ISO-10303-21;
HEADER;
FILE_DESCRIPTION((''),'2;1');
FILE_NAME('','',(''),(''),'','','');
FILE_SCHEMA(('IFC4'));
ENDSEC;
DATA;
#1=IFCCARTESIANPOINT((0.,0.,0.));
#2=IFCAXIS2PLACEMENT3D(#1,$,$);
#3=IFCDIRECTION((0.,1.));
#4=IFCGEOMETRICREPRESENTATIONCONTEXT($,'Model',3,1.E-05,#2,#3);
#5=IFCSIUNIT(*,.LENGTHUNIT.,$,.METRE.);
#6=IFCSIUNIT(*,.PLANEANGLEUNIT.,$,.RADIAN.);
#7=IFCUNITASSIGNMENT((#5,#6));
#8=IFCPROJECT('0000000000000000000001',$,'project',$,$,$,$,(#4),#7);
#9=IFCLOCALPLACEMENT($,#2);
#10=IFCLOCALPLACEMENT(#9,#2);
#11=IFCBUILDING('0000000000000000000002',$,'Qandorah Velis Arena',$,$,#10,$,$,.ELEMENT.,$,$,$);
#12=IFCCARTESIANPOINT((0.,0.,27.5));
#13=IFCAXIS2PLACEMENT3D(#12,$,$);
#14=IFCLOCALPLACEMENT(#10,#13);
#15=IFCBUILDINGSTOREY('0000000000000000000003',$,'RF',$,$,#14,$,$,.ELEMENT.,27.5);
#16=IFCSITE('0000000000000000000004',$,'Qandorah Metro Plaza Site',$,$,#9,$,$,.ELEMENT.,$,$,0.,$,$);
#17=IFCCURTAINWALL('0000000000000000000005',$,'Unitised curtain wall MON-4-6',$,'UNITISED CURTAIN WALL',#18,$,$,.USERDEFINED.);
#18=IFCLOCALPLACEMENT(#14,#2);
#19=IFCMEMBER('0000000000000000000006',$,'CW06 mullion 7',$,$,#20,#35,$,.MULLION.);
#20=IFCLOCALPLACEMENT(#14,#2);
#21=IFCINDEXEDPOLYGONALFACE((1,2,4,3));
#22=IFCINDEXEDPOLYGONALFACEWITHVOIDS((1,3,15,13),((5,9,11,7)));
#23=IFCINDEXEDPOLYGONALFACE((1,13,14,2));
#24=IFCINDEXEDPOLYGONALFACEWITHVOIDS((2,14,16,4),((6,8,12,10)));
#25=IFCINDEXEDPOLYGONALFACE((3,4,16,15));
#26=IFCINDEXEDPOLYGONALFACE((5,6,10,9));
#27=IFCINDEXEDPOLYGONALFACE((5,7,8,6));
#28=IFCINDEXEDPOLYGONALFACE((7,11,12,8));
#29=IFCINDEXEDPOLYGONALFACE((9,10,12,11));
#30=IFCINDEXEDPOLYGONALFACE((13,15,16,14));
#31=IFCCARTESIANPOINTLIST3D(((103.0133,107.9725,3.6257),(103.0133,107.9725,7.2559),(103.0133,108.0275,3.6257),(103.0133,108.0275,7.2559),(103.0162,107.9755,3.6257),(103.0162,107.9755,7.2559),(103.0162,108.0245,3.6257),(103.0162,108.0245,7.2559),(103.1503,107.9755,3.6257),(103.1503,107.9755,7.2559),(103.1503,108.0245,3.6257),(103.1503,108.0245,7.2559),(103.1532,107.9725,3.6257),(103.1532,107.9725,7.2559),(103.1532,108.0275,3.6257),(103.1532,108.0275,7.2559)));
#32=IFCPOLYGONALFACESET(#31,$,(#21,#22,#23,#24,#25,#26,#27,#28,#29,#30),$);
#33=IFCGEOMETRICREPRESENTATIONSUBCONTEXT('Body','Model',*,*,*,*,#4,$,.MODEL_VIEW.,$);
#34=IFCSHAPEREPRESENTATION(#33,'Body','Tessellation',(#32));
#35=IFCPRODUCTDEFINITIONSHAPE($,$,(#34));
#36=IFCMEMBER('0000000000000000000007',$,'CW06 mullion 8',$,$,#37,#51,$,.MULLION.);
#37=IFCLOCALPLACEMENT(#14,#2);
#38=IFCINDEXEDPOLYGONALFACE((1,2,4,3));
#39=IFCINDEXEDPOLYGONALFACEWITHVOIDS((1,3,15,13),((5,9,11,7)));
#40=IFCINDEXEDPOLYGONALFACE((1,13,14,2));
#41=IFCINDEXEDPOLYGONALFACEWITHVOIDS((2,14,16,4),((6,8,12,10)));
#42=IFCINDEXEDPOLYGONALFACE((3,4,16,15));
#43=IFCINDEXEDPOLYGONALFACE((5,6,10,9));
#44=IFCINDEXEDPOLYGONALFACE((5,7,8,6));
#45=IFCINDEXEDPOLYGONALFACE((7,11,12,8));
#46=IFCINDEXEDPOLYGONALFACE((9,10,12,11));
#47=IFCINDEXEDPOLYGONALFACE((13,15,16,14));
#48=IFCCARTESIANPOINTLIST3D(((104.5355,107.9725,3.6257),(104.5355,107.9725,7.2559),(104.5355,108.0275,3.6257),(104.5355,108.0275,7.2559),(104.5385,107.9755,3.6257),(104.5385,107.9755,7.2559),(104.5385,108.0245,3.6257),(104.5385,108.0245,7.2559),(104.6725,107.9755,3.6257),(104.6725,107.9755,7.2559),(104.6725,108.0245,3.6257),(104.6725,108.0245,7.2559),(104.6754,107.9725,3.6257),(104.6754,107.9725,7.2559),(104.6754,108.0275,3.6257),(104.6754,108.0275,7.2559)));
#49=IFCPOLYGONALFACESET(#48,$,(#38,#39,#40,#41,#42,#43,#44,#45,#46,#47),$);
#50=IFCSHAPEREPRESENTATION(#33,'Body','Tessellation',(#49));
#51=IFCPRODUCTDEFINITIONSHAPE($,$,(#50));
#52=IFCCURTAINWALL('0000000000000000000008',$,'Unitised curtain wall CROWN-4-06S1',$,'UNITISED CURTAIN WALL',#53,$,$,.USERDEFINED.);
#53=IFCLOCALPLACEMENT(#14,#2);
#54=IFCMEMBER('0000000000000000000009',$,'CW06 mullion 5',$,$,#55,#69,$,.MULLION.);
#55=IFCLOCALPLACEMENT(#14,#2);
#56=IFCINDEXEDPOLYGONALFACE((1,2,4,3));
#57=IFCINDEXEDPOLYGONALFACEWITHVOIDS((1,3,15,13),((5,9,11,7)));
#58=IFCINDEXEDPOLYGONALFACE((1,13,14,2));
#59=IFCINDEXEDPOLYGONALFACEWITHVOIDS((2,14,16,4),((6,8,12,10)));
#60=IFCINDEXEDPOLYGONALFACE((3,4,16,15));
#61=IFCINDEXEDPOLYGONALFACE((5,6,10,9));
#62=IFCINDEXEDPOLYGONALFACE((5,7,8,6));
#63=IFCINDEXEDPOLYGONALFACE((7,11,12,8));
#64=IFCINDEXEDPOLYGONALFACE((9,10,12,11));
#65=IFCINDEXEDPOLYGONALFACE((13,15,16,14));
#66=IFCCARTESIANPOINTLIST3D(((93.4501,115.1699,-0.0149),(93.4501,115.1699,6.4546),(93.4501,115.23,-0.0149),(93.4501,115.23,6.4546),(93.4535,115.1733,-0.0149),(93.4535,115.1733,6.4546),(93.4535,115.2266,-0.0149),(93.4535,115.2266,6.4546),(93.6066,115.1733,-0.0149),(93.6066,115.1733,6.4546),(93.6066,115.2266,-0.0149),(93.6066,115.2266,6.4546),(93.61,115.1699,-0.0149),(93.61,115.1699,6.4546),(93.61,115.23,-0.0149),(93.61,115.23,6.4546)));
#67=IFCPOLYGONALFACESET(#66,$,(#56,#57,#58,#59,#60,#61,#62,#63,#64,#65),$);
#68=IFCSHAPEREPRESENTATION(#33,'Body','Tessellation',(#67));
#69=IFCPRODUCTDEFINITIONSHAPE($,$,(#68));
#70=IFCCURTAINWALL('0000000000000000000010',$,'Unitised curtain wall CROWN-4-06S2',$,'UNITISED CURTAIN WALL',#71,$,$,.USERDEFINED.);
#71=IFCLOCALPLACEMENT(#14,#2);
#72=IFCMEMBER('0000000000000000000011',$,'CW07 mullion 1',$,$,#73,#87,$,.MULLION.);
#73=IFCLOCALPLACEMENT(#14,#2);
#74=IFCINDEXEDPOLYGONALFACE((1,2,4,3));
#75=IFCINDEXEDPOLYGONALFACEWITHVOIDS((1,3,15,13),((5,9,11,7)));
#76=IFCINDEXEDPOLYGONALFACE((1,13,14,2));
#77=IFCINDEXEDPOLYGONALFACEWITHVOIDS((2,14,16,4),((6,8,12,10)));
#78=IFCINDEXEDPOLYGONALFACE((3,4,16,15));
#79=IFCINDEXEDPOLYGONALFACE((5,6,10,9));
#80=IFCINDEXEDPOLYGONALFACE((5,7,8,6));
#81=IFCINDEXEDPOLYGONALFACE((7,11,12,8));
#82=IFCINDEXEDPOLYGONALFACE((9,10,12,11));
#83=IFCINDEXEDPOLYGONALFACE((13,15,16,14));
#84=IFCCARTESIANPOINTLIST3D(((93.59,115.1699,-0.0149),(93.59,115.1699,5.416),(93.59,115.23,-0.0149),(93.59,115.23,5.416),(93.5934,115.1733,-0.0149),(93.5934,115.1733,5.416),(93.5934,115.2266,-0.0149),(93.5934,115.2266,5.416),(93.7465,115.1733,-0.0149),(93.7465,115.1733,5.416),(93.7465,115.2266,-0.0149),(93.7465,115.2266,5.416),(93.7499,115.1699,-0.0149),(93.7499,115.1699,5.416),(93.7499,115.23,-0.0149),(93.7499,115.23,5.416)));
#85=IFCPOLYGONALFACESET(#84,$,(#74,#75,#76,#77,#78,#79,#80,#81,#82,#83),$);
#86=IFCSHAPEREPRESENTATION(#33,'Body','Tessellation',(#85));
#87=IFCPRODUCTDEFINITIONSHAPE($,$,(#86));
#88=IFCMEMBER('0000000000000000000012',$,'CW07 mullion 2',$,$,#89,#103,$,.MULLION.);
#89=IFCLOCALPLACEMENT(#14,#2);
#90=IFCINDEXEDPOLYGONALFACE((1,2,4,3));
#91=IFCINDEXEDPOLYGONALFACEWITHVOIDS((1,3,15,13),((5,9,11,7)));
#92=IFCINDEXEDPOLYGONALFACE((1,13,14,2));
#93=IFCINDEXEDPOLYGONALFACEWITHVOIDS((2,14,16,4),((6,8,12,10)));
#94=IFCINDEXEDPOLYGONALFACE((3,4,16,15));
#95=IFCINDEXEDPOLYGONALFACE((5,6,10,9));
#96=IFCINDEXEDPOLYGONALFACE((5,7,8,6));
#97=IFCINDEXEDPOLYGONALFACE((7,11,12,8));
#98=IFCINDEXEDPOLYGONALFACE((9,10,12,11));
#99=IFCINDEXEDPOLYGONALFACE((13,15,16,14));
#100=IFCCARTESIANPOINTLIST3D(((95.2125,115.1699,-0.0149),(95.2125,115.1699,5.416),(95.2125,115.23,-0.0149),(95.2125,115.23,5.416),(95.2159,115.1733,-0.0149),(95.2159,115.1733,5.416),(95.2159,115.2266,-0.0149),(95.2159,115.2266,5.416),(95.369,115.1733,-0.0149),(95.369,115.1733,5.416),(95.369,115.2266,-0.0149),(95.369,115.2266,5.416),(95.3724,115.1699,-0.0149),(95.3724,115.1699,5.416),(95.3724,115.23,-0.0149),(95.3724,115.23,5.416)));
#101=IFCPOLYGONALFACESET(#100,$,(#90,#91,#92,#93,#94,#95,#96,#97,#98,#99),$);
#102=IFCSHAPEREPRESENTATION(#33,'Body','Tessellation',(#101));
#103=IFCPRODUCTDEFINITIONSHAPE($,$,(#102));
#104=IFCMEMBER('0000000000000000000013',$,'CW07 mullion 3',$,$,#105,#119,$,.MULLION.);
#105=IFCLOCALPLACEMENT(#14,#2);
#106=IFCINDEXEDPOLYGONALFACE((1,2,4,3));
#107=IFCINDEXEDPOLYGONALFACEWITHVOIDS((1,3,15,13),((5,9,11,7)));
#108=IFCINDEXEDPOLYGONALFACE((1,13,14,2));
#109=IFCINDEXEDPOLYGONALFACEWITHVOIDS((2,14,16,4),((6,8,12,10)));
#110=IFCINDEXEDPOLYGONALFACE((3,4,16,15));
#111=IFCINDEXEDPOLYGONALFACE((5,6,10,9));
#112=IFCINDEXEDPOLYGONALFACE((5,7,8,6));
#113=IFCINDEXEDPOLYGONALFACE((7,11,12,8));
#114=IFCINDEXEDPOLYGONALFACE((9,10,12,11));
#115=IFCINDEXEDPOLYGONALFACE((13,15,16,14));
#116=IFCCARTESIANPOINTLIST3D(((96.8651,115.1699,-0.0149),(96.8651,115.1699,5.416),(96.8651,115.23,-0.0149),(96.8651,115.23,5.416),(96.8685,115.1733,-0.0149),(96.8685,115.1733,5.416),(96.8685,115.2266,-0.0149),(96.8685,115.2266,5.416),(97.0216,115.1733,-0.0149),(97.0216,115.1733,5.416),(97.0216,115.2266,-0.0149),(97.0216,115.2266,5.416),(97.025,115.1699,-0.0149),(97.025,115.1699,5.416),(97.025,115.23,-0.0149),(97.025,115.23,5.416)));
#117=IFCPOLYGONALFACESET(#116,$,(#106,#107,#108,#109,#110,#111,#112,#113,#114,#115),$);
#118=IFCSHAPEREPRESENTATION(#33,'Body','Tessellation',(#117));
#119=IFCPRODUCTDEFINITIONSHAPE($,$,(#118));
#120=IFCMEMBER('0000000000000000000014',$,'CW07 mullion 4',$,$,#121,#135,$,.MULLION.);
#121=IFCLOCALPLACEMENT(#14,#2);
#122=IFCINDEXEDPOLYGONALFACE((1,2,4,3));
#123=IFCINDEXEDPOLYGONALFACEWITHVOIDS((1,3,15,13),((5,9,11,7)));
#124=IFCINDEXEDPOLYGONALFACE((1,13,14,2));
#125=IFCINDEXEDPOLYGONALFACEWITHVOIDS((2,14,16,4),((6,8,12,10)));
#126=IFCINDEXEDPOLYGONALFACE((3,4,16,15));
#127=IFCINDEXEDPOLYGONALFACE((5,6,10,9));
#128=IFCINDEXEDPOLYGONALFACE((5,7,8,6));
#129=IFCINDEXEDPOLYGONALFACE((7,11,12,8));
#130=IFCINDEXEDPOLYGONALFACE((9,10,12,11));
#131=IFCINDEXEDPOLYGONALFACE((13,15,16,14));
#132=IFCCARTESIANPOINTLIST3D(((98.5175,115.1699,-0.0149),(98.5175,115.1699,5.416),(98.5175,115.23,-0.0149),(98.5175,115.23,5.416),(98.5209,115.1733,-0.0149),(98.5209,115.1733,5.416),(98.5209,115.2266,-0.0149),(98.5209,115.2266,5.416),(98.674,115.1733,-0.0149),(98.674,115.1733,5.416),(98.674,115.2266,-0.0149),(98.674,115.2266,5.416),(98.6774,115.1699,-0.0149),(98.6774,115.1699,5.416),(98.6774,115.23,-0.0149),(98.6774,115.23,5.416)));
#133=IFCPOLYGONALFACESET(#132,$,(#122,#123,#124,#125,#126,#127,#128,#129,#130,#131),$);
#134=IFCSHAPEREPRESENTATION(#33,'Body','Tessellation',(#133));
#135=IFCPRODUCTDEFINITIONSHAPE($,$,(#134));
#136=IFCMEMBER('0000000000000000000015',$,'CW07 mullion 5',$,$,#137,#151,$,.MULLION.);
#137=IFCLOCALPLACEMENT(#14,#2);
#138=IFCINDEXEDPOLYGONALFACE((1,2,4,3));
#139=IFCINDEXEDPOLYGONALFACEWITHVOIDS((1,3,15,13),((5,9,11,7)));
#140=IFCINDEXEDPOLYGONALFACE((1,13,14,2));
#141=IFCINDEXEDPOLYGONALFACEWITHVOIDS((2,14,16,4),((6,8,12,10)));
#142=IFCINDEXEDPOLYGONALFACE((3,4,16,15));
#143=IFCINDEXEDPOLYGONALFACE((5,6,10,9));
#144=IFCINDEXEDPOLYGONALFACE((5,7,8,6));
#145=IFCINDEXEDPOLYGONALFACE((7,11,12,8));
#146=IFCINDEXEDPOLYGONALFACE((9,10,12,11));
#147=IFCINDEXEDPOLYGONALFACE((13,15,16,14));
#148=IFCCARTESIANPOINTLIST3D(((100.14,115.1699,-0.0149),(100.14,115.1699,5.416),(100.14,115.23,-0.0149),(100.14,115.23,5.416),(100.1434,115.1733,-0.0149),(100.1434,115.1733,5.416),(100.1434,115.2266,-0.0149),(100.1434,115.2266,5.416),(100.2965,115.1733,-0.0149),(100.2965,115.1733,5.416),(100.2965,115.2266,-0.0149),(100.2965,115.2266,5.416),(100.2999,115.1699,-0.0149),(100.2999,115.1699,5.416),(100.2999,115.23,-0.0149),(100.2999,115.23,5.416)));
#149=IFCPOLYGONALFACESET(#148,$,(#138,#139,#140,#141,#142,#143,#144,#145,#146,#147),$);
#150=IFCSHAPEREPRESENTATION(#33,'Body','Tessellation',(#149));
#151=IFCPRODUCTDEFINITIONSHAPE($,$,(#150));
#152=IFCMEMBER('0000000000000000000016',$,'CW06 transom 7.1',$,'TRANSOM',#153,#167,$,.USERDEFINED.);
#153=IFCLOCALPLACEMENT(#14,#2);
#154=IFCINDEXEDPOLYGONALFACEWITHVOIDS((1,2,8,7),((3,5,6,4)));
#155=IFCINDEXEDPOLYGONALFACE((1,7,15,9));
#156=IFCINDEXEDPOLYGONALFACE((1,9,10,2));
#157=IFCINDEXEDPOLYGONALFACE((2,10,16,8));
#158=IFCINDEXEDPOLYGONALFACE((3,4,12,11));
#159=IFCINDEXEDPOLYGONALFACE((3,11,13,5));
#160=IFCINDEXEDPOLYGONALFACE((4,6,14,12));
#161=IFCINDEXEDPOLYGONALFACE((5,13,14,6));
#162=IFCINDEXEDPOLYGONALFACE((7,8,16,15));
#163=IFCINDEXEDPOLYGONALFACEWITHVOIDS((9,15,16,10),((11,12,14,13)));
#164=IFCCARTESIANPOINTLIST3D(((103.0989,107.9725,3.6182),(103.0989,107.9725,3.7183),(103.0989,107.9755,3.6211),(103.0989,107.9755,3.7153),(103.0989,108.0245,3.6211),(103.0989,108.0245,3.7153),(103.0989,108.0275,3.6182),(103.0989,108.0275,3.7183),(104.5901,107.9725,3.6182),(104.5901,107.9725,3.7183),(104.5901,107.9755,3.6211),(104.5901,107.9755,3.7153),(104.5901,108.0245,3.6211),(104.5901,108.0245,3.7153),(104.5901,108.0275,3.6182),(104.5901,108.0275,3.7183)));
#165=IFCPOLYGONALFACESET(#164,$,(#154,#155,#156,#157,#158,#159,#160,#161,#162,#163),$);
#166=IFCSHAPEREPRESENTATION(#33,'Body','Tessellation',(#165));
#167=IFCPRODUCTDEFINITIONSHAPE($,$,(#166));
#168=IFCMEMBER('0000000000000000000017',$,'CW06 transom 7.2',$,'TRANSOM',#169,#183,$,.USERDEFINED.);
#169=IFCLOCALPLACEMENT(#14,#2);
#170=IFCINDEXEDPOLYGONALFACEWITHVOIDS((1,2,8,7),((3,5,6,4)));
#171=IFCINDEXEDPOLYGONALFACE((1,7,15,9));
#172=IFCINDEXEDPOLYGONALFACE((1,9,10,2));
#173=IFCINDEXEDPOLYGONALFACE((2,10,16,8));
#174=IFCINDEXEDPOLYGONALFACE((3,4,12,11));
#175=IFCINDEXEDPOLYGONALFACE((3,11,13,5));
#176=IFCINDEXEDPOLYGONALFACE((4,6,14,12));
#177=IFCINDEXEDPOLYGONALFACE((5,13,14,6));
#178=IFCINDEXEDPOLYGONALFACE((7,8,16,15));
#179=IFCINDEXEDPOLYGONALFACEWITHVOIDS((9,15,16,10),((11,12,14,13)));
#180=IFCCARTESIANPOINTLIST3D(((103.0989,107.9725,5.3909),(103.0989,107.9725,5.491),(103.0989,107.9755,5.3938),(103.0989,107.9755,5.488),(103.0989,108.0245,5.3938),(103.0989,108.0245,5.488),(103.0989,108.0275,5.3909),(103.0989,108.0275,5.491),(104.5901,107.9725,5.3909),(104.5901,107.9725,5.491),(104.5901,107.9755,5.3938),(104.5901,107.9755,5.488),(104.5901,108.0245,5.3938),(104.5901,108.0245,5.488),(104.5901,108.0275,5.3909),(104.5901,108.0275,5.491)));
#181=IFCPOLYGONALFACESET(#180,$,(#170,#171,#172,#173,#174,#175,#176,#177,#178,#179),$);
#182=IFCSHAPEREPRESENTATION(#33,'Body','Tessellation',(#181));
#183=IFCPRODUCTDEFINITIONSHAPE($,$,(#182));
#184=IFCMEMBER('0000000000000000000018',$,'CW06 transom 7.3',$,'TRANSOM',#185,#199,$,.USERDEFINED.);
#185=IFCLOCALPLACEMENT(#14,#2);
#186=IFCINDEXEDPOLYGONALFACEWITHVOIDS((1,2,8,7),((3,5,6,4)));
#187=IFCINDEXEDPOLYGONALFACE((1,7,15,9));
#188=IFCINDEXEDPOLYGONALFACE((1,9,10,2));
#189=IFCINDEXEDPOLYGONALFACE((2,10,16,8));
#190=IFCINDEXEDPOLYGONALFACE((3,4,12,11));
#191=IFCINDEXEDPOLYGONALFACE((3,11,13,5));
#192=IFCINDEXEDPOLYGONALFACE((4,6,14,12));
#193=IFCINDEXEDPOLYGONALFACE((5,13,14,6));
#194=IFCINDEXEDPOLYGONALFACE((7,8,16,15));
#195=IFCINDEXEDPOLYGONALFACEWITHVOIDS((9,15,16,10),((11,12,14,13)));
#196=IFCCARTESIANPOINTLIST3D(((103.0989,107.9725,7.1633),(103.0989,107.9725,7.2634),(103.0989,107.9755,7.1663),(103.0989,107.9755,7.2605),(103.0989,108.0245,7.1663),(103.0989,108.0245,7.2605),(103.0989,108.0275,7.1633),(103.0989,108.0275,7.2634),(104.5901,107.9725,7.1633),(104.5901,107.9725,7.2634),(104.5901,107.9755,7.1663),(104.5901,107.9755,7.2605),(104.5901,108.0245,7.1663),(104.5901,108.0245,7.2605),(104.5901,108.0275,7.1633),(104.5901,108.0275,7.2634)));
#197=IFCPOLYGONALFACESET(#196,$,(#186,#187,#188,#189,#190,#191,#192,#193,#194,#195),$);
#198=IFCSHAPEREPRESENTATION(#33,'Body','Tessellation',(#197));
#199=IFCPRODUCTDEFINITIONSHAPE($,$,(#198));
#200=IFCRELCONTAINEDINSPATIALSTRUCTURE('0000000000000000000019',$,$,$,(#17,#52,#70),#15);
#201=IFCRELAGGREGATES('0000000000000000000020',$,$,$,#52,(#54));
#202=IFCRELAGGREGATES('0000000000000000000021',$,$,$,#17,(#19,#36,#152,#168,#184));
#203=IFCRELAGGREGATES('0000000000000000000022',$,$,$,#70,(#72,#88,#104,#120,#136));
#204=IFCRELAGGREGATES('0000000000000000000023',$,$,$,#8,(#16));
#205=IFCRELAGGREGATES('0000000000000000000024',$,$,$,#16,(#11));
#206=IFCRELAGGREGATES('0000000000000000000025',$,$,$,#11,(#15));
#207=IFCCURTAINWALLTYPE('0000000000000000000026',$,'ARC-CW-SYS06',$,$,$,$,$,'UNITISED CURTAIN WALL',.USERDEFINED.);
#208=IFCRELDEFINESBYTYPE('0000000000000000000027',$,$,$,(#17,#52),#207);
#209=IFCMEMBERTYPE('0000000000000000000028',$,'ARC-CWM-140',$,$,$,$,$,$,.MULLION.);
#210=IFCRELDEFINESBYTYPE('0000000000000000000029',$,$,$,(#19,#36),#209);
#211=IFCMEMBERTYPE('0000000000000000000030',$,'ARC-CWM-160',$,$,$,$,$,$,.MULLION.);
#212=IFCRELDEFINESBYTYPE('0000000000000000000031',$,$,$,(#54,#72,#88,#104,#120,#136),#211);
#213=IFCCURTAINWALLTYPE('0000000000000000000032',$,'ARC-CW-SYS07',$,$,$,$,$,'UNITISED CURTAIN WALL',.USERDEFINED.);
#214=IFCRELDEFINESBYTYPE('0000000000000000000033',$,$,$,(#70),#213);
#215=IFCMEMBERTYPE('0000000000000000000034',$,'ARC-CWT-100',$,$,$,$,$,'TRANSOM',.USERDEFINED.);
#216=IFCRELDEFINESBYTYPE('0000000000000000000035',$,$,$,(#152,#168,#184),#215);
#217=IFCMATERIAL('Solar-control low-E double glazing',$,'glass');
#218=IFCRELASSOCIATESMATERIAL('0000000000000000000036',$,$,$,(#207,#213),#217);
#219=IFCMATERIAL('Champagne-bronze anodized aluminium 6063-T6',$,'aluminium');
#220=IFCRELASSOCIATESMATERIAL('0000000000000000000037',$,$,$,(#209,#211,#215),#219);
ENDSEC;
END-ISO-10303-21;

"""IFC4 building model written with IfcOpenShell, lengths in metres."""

from ifc_helpers import new_model, si_unit, direction, frame, origin, origin_2d, place, context, subcontext, project, spatial, hollow_rectangle, extrude, material, material_profile, profile_set, type_object, element, aggregate, save


model = new_model("IFC4")

# Units and contexts
model_context = context("Model", 3, precision=1e-05, world=origin(), true_north=direction((0.0, 1.0)))
body_context = subcontext(model_context, "Body", "Model", "MODEL_VIEW")
ifc_project = project(units=[si_unit("LENGTHUNIT", "METRE"), si_unit("PLANEANGLEUNIT", "RADIAN")], contexts=[model_context])

# Site, building, storey
site_placement = place(None, origin())
site = spatial("IfcSite", under=ifc_project, at=site_placement, Name="Qandorah Metro Plaza Site", CompositionType="ELEMENT", RefElevation=0.0)
building_placement = place(site_placement, origin())
building = spatial("IfcBuilding", under=site, at=building_placement, Name="Qandorah Velis Arena", CompositionType="ELEMENT")
storey_placement = place(building_placement, frame((0.0, 0.0, 27.5)))
storey = spatial("IfcBuildingStorey", under=building, at=storey_placement, Name="RF", CompositionType="ELEMENT", Elevation=27.5)

# Curtain wall, members
ifc_material_1 = material(Name="Solar-control low-E double glazing", Category="glass")
curtain_wall_type_1 = type_object("IfcCurtainWallType", Name="ARC-CW-SYS06", ElementType="UNITISED CURTAIN WALL", PredefinedType="USERDEFINED", material=ifc_material_1)
curtain_wall_1_placement = place(storey_placement, origin())
curtain_wall_1 = element("IfcCurtainWall", 1, at=curtain_wall_1_placement, inside=storey, type_object=curtain_wall_type_1, Name="Unitised curtain wall MON-4-6", ObjectType="UNITISED CURTAIN WALL", PredefinedType="USERDEFINED")
ifc_material_2 = material(Name="Champagne-bronze anodized aluminium 6063-T6", Category="aluminium")
ifc_material_profile_1 = material_profile(ifc_material_2, hollow_rectangle(XDim=0.0549, YDim=0.1399, WallThickness=0.0029, at=origin_2d()), Name="ALU MULLION 55x140")
ifc_profile_set_1 = profile_set([ifc_material_profile_1], Name="Champagne-bronze anodized aluminium 6063-T6")
member_type_1 = type_object("IfcMemberType", Name="ARC-CWM-140", PredefinedType="MULLION", material=ifc_profile_set_1)
member_1_placement = place(storey_placement, frame((103.0833, 108.0, 3.6257), z_axis=(0.0, 0.0, 1.0), x_axis=(0.0, 1.0, 0.0)))
member_1 = element("IfcMember", 2, at=member_1_placement, type_object=member_type_1, Name="CW06 mullion 7", PredefinedType="MULLION", context=body_context, shape_type="SweptSolid", body=[
    extrude(hollow_rectangle(XDim=0.0549, YDim=0.1399, WallThickness=0.0029, at=origin_2d()), origin(), (0.0, 0.0, 1.0), 3.6301),
])
member_2_placement = place(storey_placement, frame((104.6055, 108.0, 3.6257), z_axis=(0.0, 0.0, 1.0), x_axis=(0.0, 1.0, 0.0)))
member_2 = element("IfcMember", 3, at=member_2_placement, type_object=member_type_1, Name="CW06 mullion 8", PredefinedType="MULLION", context=body_context, shape_type="SweptSolid", body=[
    extrude(hollow_rectangle(XDim=0.0549, YDim=0.1399, WallThickness=0.0029, at=origin_2d()), origin(), (0.0, 0.0, 1.0), 3.6301),
])

# Curtain wall, member
curtain_wall_2_placement = place(storey_placement, origin())
curtain_wall_2 = element("IfcCurtainWall", 4, at=curtain_wall_2_placement, inside=storey, type_object=curtain_wall_type_1, Name="Unitised curtain wall CROWN-4-06S1", ObjectType="UNITISED CURTAIN WALL", PredefinedType="USERDEFINED")
ifc_material_profile_2 = material_profile(ifc_material_2, hollow_rectangle(XDim=0.0601, YDim=0.1599, WallThickness=0.0034, at=origin_2d()), Name="ALU MULLION 60x160")
ifc_profile_set_2 = profile_set([ifc_material_profile_2], Name="Champagne-bronze anodized aluminium 6063-T6")
member_type_2 = type_object("IfcMemberType", Name="ARC-CWM-160", PredefinedType="MULLION", material=ifc_profile_set_2)
member_3_placement = place(storey_placement, frame((93.53, 115.2, -0.0149), z_axis=(0.0, 0.0, 1.0), x_axis=(0.0, 1.0, 0.0)))
member_3 = element("IfcMember", 5, at=member_3_placement, type_object=member_type_2, Name="CW06 mullion 5", PredefinedType="MULLION", context=body_context, shape_type="SweptSolid", body=[
    extrude(hollow_rectangle(XDim=0.0601, YDim=0.1599, WallThickness=0.0034, at=origin_2d()), origin(), (0.0, 0.0, 1.0), 6.4695),
])
aggregate(curtain_wall_2, [member_3])

# Curtain wall, members
curtain_wall_type_2 = type_object("IfcCurtainWallType", Name="ARC-CW-SYS07", ElementType="UNITISED CURTAIN WALL", PredefinedType="USERDEFINED", material=ifc_material_1)
curtain_wall_3_placement = place(storey_placement, origin())
curtain_wall_3 = element("IfcCurtainWall", 6, at=curtain_wall_3_placement, inside=storey, type_object=curtain_wall_type_2, Name="Unitised curtain wall CROWN-4-06S2", ObjectType="UNITISED CURTAIN WALL", PredefinedType="USERDEFINED")
member_4_placement = place(storey_placement, frame((93.6699, 115.2, -0.0149), z_axis=(0.0, 0.0, 1.0), x_axis=(0.0, 1.0, 0.0)))
member_4 = element("IfcMember", 7, at=member_4_placement, type_object=member_type_2, Name="CW07 mullion 1", PredefinedType="MULLION", context=body_context, shape_type="SweptSolid", body=[
    extrude(hollow_rectangle(XDim=0.0601, YDim=0.1599, WallThickness=0.0034, at=origin_2d()), origin(), (0.0, 0.0, 1.0), 5.4309),
])
member_5_placement = place(storey_placement, frame((95.2925, 115.2, -0.0149), z_axis=(0.0, 0.0, 1.0), x_axis=(0.0, 1.0, 0.0)))
member_5 = element("IfcMember", 8, at=member_5_placement, type_object=member_type_2, Name="CW07 mullion 2", PredefinedType="MULLION", context=body_context, shape_type="SweptSolid", body=[
    extrude(hollow_rectangle(XDim=0.0601, YDim=0.1599, WallThickness=0.0034, at=origin_2d()), origin(), (0.0, 0.0, 1.0), 5.4309),
])
member_6_placement = place(storey_placement, frame((96.9451, 115.2, -0.0149), z_axis=(0.0, 0.0, 1.0), x_axis=(0.0, 1.0, 0.0)))
member_6 = element("IfcMember", 9, at=member_6_placement, type_object=member_type_2, Name="CW07 mullion 3", PredefinedType="MULLION", context=body_context, shape_type="SweptSolid", body=[
    extrude(hollow_rectangle(XDim=0.0601, YDim=0.1599, WallThickness=0.0034, at=origin_2d()), origin(), (0.0, 0.0, 1.0), 5.4309),
])
member_7_placement = place(storey_placement, frame((98.5974, 115.2, -0.0149), z_axis=(0.0, 0.0, 1.0), x_axis=(0.0, 1.0, 0.0)))
member_7 = element("IfcMember", 10, at=member_7_placement, type_object=member_type_2, Name="CW07 mullion 4", PredefinedType="MULLION", context=body_context, shape_type="SweptSolid", body=[
    extrude(hollow_rectangle(XDim=0.0601, YDim=0.1599, WallThickness=0.0034, at=origin_2d()), origin(), (0.0, 0.0, 1.0), 5.4309),
])
member_8_placement = place(storey_placement, frame((100.22, 115.2, -0.0149), z_axis=(0.0, 0.0, 1.0), x_axis=(0.0, 1.0, 0.0)))
member_8 = element("IfcMember", 11, at=member_8_placement, type_object=member_type_2, Name="CW07 mullion 5", PredefinedType="MULLION", context=body_context, shape_type="SweptSolid", body=[
    extrude(hollow_rectangle(XDim=0.0601, YDim=0.1599, WallThickness=0.0034, at=origin_2d()), origin(), (0.0, 0.0, 1.0), 5.4309),
])

# Members
ifc_material_profile_3 = material_profile(ifc_material_2, hollow_rectangle(XDim=0.0549, YDim=0.1001, WallThickness=0.0029, at=origin_2d()), Name="ALU TRANSOM 55x100")
ifc_profile_set_3 = profile_set([ifc_material_profile_3], Name="Champagne-bronze anodized aluminium 6063-T6")
member_type_3 = type_object("IfcMemberType", Name="ARC-CWT-100", ElementType="TRANSOM", PredefinedType="USERDEFINED", material=ifc_profile_set_3)
member_9_placement = place(storey_placement, frame((103.0989, 108.0, 3.6682), z_axis=(1.0, 0.0, 0.0), x_axis=(0.0, 1.0, 0.0)))
member_9 = element("IfcMember", 12, at=member_9_placement, type_object=member_type_3, Name="CW06 transom 7.1", ObjectType="TRANSOM", PredefinedType="USERDEFINED", context=body_context, shape_type="SweptSolid", body=[
    extrude(hollow_rectangle(XDim=0.0549, YDim=0.1001, WallThickness=0.0029, at=origin_2d()), origin(), (0.0, 0.0, 1.0), 1.4912),
])
member_10_placement = place(storey_placement, frame((103.0989, 108.0, 5.4409), z_axis=(1.0, 0.0, 0.0), x_axis=(0.0, 1.0, 0.0)))
member_10 = element("IfcMember", 13, at=member_10_placement, type_object=member_type_3, Name="CW06 transom 7.2", ObjectType="TRANSOM", PredefinedType="USERDEFINED", context=body_context, shape_type="SweptSolid", body=[
    extrude(hollow_rectangle(XDim=0.0549, YDim=0.1001, WallThickness=0.0029, at=origin_2d()), origin(), (0.0, 0.0, 1.0), 1.4912),
])
member_11_placement = place(storey_placement, frame((103.0989, 108.0, 7.2134), z_axis=(1.0, 0.0, 0.0), x_axis=(0.0, 1.0, 0.0)))
member_11 = element("IfcMember", 14, at=member_11_placement, type_object=member_type_3, Name="CW06 transom 7.3", ObjectType="TRANSOM", PredefinedType="USERDEFINED", context=body_context, shape_type="SweptSolid", body=[
    extrude(hollow_rectangle(XDim=0.0549, YDim=0.1001, WallThickness=0.0029, at=origin_2d()), origin(), (0.0, 0.0, 1.0), 1.4912),
])

aggregate(curtain_wall_1, [member_1, member_2, member_9, member_10, member_11])
aggregate(curtain_wall_3, [member_4, member_5, member_6, member_7, member_8])

save(model, "model.ifc")
